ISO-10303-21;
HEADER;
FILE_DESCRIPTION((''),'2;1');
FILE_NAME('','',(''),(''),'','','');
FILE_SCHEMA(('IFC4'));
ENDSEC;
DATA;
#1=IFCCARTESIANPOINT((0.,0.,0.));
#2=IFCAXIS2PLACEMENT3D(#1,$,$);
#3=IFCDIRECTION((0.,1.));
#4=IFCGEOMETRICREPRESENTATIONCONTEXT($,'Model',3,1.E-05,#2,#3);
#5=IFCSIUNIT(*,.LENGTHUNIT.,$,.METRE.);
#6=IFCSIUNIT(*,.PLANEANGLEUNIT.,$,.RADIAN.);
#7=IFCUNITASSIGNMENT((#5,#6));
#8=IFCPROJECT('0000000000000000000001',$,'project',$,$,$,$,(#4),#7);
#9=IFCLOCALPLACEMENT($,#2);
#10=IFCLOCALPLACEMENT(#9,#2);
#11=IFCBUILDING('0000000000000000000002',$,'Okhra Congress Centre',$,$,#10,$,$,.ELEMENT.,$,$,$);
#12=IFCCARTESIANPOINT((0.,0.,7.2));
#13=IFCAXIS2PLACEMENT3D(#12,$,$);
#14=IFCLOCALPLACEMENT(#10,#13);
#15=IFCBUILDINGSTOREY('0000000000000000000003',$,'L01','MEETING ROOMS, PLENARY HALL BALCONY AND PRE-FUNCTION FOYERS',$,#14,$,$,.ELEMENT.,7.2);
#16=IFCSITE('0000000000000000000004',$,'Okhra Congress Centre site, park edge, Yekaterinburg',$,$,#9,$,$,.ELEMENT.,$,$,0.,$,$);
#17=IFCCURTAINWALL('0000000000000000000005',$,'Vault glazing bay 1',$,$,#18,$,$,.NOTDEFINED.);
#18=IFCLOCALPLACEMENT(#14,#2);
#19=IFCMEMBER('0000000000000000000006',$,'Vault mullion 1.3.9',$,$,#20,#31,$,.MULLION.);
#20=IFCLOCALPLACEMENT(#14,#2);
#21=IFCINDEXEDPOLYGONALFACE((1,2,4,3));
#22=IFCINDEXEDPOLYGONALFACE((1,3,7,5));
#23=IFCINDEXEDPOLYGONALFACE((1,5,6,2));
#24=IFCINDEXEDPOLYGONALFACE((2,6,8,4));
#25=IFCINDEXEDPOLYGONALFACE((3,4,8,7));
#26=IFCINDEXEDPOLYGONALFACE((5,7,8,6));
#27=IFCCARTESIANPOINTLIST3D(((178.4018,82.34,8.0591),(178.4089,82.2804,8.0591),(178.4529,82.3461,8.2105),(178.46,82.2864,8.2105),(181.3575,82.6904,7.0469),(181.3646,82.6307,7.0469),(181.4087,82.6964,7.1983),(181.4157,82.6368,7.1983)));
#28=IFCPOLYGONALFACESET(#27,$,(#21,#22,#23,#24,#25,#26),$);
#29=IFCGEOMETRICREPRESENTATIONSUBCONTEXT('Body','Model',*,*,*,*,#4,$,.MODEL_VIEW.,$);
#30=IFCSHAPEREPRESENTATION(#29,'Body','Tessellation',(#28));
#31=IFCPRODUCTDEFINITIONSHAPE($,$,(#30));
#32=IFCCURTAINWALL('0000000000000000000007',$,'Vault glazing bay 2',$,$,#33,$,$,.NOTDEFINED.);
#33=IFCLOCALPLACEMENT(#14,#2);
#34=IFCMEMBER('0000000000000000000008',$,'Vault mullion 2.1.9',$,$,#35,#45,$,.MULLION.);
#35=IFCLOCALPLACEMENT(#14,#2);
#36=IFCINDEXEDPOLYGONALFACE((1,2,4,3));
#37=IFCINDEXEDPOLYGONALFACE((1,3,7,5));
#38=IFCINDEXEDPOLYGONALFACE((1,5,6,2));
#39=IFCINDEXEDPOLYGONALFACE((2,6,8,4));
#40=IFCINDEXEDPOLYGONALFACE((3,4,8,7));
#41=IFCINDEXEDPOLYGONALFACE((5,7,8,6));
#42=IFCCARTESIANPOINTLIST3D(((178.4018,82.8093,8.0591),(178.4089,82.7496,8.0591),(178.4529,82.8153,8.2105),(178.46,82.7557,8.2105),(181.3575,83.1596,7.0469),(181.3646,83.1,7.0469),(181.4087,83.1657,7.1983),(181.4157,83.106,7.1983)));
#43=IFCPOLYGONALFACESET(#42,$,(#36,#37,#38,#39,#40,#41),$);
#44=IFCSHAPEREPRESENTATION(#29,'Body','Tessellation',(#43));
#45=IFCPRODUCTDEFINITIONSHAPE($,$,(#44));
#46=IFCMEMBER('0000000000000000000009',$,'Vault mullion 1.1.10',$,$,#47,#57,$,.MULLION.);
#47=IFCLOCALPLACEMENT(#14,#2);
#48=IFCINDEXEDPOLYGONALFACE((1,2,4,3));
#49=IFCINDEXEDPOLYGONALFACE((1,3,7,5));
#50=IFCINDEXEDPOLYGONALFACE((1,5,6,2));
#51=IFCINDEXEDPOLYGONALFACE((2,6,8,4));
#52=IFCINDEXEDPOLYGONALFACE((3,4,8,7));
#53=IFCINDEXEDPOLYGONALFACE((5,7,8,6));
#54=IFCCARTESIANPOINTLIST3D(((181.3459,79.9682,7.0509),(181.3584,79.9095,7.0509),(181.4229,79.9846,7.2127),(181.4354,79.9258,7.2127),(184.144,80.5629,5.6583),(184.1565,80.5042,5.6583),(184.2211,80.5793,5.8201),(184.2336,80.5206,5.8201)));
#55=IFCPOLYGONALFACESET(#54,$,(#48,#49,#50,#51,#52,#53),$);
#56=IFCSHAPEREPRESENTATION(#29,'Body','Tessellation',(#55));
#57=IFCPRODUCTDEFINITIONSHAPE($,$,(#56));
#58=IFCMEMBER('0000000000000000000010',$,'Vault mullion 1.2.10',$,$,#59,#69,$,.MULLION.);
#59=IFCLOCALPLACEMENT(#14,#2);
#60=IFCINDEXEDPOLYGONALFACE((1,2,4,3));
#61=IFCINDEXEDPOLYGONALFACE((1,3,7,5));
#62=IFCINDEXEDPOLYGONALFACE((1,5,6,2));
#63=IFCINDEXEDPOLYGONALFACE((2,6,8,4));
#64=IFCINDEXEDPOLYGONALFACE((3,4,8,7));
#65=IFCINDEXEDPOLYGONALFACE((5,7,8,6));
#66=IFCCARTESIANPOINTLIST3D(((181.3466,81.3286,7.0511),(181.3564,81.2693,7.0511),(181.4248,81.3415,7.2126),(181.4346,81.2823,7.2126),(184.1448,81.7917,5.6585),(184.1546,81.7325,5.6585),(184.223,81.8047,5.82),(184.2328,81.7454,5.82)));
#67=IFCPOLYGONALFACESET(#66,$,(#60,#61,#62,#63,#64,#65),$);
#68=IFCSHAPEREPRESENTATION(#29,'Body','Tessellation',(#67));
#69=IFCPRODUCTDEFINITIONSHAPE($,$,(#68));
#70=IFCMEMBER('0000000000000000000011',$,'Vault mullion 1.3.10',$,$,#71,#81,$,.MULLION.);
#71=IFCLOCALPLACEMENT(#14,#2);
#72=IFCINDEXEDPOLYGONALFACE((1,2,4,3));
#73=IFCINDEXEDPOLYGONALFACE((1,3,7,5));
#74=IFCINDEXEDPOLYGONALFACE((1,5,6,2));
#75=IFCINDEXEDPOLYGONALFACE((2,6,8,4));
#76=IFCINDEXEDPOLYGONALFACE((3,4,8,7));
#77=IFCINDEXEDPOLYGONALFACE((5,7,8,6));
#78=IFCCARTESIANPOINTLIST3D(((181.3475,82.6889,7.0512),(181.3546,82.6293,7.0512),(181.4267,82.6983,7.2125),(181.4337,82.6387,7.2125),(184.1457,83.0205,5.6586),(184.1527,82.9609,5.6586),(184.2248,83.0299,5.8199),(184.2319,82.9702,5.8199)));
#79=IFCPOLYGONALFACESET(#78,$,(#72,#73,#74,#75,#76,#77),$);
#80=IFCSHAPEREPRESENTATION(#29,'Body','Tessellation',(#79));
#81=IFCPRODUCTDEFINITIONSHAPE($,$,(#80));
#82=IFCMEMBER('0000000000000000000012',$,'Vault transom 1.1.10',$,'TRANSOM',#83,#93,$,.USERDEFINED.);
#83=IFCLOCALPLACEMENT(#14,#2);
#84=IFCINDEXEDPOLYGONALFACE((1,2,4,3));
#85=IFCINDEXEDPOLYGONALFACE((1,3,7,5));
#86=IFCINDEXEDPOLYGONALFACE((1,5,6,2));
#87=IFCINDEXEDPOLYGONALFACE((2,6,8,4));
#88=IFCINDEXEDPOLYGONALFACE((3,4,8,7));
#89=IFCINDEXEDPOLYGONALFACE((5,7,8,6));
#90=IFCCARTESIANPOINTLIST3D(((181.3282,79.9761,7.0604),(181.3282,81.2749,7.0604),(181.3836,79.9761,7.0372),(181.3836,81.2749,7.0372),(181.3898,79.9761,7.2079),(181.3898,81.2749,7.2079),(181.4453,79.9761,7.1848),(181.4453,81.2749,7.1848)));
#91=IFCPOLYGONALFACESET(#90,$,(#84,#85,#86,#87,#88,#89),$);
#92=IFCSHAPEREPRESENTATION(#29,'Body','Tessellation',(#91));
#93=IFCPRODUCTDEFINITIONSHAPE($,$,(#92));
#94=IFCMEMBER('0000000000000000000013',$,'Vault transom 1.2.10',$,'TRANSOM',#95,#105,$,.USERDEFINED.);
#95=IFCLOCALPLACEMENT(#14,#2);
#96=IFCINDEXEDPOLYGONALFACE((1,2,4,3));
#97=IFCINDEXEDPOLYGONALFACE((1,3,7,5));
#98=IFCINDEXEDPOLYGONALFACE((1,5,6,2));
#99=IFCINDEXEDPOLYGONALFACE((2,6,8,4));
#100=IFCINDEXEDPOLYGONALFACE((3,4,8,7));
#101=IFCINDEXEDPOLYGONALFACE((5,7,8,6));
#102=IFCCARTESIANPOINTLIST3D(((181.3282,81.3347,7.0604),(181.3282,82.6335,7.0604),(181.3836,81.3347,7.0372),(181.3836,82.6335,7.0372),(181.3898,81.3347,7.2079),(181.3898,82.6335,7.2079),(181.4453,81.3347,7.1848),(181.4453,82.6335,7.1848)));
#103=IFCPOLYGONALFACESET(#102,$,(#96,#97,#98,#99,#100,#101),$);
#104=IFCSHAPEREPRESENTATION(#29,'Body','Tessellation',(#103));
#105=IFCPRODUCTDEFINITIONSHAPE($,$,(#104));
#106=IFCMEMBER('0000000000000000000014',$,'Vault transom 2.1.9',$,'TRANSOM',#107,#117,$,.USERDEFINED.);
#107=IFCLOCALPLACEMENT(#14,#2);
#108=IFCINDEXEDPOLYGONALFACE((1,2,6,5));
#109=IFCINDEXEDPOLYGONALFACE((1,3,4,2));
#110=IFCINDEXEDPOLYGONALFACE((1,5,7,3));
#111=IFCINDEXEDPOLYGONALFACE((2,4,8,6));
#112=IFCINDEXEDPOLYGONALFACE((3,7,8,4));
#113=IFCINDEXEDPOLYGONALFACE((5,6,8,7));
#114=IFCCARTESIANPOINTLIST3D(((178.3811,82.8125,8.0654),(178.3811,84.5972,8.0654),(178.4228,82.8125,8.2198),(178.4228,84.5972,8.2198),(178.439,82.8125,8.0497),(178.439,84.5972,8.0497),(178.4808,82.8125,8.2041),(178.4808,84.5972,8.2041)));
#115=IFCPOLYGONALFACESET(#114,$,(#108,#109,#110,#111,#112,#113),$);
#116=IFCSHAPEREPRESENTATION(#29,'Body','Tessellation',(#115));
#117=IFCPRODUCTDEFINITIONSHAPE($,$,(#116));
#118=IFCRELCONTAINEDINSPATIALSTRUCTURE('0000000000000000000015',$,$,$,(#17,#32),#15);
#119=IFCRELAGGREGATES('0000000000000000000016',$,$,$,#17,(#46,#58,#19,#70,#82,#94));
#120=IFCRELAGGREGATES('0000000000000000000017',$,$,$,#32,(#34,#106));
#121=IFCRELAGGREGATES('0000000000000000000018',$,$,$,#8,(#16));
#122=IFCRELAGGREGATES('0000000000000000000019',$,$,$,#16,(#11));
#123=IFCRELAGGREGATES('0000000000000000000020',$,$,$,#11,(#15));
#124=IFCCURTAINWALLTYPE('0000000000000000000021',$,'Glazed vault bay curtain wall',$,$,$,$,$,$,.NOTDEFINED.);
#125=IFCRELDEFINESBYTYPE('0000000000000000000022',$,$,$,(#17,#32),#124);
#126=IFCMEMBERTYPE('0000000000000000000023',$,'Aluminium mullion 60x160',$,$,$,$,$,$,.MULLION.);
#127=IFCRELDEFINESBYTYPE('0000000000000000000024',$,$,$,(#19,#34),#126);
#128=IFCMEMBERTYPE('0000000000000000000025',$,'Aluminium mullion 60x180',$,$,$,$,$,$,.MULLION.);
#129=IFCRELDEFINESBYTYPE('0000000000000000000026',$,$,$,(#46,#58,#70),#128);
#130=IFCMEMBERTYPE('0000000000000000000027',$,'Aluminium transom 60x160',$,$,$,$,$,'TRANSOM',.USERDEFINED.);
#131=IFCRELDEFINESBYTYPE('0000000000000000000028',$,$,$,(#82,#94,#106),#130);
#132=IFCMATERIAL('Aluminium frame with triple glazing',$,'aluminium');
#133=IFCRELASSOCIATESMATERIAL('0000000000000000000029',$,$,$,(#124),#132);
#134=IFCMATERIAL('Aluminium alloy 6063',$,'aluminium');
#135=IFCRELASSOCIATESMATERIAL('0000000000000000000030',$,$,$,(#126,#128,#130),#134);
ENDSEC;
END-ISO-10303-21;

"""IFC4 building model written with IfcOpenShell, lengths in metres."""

from ifc_helpers import new_model, si_unit, direction, frame, origin, origin_2d, place, context, subcontext, project, spatial, rectangle, extrude, material, material_profile, profile_set, type_object, element, aggregate, save


model = new_model("IFC4")

# Units and contexts
model_context = context("Model", 3, precision=1e-05, world=origin(), true_north=direction((0.0, 1.0)))
body_context = subcontext(model_context, "Body", "Model", "MODEL_VIEW")
ifc_project = project(units=[si_unit("LENGTHUNIT", "METRE"), si_unit("PLANEANGLEUNIT", "RADIAN")], contexts=[model_context])

# Site, building, storey
site_placement = place(None, origin())
site = spatial("IfcSite", under=ifc_project, at=site_placement, Name="Okhra Congress Centre site, park edge, Yekaterinburg", CompositionType="ELEMENT", RefElevation=0.0)
building_placement = place(site_placement, origin())
building = spatial("IfcBuilding", under=site, at=building_placement, Name="Okhra Congress Centre", CompositionType="ELEMENT")
storey_placement = place(building_placement, frame((0.0, 0.0, 7.2)))
storey = spatial("IfcBuildingStorey", under=building, at=storey_placement, Name="L01", Description="MEETING ROOMS, PLENARY HALL BALCONY AND PRE-FUNCTION FOYERS", CompositionType="ELEMENT", Elevation=7.2)

# Curtain walls, members
ifc_material_1 = material(Name="Aluminium frame with triple glazing", Category="aluminium")
curtain_wall_type = type_object("IfcCurtainWallType", Name="Glazed vault bay curtain wall", PredefinedType="NOTDEFINED", material=ifc_material_1)
curtain_wall_1_placement = place(storey_placement, origin())
curtain_wall_1 = element("IfcCurtainWall", 1, at=curtain_wall_1_placement, inside=storey, type_object=curtain_wall_type, Name="Vault glazing bay 1", PredefinedType="NOTDEFINED")
ifc_material_2 = material(Name="Aluminium alloy 6063", Category="aluminium")
ifc_material_profile_1 = material_profile(ifc_material_2, rectangle(XDim=0.0601, YDim=0.1599, at=origin_2d()), Name="AL 60x160")
ifc_profile_set_1 = profile_set([ifc_material_profile_1], Name="Aluminium alloy 6063")
member_type_1 = type_object("IfcMemberType", Name="Aluminium mullion 60x160", PredefinedType="MULLION", material=ifc_profile_set_1)
member_1_placement = place(storey_placement, frame((178.4309, 82.3132, 8.1348), z_axis=(0.940173, 0.111435, -0.321959), x_axis=(-0.117703, 0.993049, 0.0)))
member_1 = element("IfcMember", 2, at=member_1_placement, type_object=member_type_1, Name="Vault mullion 1.3.9", PredefinedType="MULLION", context=body_context, shape_type="SweptSolid", body=[
    extrude(rectangle(XDim=0.0601, YDim=0.1599, at=origin_2d()), origin(), (0.0, 0.0, 1.0), 3.1438),
])
curtain_wall_2_placement = place(storey_placement, origin())
curtain_wall_2 = element("IfcCurtainWall", 3, at=curtain_wall_2_placement, inside=storey, type_object=curtain_wall_type, Name="Vault glazing bay 2", PredefinedType="NOTDEFINED")
member_2_placement = place(storey_placement, frame((178.4309, 82.7825, 8.1348), z_axis=(0.940173, 0.111435, -0.321959), x_axis=(-0.117703, 0.993049, 0.0)))
member_2 = element("IfcMember", 4, at=member_2_placement, type_object=member_type_1, Name="Vault mullion 2.1.9", PredefinedType="MULLION", context=body_context, shape_type="SweptSolid", body=[
    extrude(rectangle(XDim=0.0601, YDim=0.1599, at=origin_2d()), origin(), (0.0, 0.0, 1.0), 3.1438),
])

# Members
ifc_material_profile_2 = material_profile(ifc_material_2, rectangle(XDim=0.0601, YDim=0.1799, at=origin_2d()), Name="AL 60x180")
ifc_profile_set_2 = profile_set([ifc_material_profile_2], Name="Aluminium alloy 6063")
member_type_2 = type_object("IfcMemberType", Name="Aluminium mullion 60x180", PredefinedType="MULLION", material=ifc_profile_set_2)
member_3_placement = place(storey_placement, frame((181.3906, 79.947, 7.1318), z_axis=(0.879473, 0.186929, -0.437703), x_axis=(-0.207903, 0.97815, 0.0)))
member_3 = element("IfcMember", 5, at=member_3_placement, type_object=member_type_2, Name="Vault mullion 1.1.10", PredefinedType="MULLION", context=body_context, shape_type="SweptSolid", body=[
    extrude(rectangle(XDim=0.0601, YDim=0.1799, at=origin_2d()), origin(), (0.0, 0.0, 1.0), 3.1816),
])
member_4_placement = place(storey_placement, frame((181.3906, 81.3054, 7.1318), z_axis=(0.885584, 0.14658, -0.440744), x_axis=(-0.163296, 0.986577, 0.0)))
member_4 = element("IfcMember", 6, at=member_4_placement, type_object=member_type_2, Name="Vault mullion 1.2.10", PredefinedType="MULLION", context=body_context, shape_type="SweptSolid", body=[
    extrude(rectangle(XDim=0.0601, YDim=0.1799, at=origin_2d()), origin(), (0.0, 0.0, 1.0), 3.1597),
])
member_5_placement = place(storey_placement, frame((181.3906, 82.6638, 7.1318), z_axis=(0.890259, 0.105486, -0.443071), x_axis=(-0.117666, 0.993053, 0.0)))
member_5 = element("IfcMember", 7, at=member_5_placement, type_object=member_type_2, Name="Vault mullion 1.3.10", PredefinedType="MULLION", context=body_context, shape_type="SweptSolid", body=[
    extrude(rectangle(XDim=0.0601, YDim=0.1799, at=origin_2d()), origin(), (0.0, 0.0, 1.0), 3.1431),
])
ifc_material_profile_3 = material_profile(ifc_material_2, rectangle(XDim=0.0601, YDim=0.1599, at=origin_2d()), Name="AL 60x160 transom")
ifc_profile_set_3 = profile_set([ifc_material_profile_3], Name="Aluminium alloy 6063")
member_type_3 = type_object("IfcMemberType", Name="Aluminium transom 60x160", ElementType="TRANSOM", PredefinedType="USERDEFINED", material=ifc_profile_set_3)
member_6_placement = place(storey_placement, frame((181.3867, 79.9761, 7.1226), z_axis=(0.0, 1.0, 0.0), x_axis=(-0.922669, 0.0, 0.385593)))
member_6 = element("IfcMember", 8, at=member_6_placement, type_object=member_type_3, Name="Vault transom 1.1.10", ObjectType="TRANSOM", PredefinedType="USERDEFINED", context=body_context, shape_type="SweptSolid", body=[
    extrude(rectangle(XDim=0.0601, YDim=0.1599, at=origin_2d()), origin(), (0.0, 0.0, 1.0), 1.2988),
])
member_7_placement = place(storey_placement, frame((181.3867, 81.3347, 7.1226), z_axis=(0.0, 1.0, 0.0), x_axis=(-0.922669, 0.0, 0.385593)))
member_7 = element("IfcMember", 9, at=member_7_placement, type_object=member_type_3, Name="Vault transom 1.2.10", ObjectType="TRANSOM", PredefinedType="USERDEFINED", context=body_context, shape_type="SweptSolid", body=[
    extrude(rectangle(XDim=0.0601, YDim=0.1599, at=origin_2d()), origin(), (0.0, 0.0, 1.0), 1.2988),
])
member_8_placement = place(storey_placement, frame((178.4309, 82.8125, 8.1348), z_axis=(0.0, 1.0, 0.0), x_axis=(-0.96538, 0.0, 0.260848)))
member_8 = element("IfcMember", 10, at=member_8_placement, type_object=member_type_3, Name="Vault transom 2.1.9", ObjectType="TRANSOM", PredefinedType="USERDEFINED", context=body_context, shape_type="SweptSolid", body=[
    extrude(rectangle(XDim=0.0601, YDim=0.1599, at=origin_2d()), origin(), (0.0, 0.0, 1.0), 1.7847),
])

aggregate(curtain_wall_1, [member_3, member_4, member_1, member_5, member_6, member_7])
aggregate(curtain_wall_2, [member_2, member_8])

save(model, "model.ifc")
